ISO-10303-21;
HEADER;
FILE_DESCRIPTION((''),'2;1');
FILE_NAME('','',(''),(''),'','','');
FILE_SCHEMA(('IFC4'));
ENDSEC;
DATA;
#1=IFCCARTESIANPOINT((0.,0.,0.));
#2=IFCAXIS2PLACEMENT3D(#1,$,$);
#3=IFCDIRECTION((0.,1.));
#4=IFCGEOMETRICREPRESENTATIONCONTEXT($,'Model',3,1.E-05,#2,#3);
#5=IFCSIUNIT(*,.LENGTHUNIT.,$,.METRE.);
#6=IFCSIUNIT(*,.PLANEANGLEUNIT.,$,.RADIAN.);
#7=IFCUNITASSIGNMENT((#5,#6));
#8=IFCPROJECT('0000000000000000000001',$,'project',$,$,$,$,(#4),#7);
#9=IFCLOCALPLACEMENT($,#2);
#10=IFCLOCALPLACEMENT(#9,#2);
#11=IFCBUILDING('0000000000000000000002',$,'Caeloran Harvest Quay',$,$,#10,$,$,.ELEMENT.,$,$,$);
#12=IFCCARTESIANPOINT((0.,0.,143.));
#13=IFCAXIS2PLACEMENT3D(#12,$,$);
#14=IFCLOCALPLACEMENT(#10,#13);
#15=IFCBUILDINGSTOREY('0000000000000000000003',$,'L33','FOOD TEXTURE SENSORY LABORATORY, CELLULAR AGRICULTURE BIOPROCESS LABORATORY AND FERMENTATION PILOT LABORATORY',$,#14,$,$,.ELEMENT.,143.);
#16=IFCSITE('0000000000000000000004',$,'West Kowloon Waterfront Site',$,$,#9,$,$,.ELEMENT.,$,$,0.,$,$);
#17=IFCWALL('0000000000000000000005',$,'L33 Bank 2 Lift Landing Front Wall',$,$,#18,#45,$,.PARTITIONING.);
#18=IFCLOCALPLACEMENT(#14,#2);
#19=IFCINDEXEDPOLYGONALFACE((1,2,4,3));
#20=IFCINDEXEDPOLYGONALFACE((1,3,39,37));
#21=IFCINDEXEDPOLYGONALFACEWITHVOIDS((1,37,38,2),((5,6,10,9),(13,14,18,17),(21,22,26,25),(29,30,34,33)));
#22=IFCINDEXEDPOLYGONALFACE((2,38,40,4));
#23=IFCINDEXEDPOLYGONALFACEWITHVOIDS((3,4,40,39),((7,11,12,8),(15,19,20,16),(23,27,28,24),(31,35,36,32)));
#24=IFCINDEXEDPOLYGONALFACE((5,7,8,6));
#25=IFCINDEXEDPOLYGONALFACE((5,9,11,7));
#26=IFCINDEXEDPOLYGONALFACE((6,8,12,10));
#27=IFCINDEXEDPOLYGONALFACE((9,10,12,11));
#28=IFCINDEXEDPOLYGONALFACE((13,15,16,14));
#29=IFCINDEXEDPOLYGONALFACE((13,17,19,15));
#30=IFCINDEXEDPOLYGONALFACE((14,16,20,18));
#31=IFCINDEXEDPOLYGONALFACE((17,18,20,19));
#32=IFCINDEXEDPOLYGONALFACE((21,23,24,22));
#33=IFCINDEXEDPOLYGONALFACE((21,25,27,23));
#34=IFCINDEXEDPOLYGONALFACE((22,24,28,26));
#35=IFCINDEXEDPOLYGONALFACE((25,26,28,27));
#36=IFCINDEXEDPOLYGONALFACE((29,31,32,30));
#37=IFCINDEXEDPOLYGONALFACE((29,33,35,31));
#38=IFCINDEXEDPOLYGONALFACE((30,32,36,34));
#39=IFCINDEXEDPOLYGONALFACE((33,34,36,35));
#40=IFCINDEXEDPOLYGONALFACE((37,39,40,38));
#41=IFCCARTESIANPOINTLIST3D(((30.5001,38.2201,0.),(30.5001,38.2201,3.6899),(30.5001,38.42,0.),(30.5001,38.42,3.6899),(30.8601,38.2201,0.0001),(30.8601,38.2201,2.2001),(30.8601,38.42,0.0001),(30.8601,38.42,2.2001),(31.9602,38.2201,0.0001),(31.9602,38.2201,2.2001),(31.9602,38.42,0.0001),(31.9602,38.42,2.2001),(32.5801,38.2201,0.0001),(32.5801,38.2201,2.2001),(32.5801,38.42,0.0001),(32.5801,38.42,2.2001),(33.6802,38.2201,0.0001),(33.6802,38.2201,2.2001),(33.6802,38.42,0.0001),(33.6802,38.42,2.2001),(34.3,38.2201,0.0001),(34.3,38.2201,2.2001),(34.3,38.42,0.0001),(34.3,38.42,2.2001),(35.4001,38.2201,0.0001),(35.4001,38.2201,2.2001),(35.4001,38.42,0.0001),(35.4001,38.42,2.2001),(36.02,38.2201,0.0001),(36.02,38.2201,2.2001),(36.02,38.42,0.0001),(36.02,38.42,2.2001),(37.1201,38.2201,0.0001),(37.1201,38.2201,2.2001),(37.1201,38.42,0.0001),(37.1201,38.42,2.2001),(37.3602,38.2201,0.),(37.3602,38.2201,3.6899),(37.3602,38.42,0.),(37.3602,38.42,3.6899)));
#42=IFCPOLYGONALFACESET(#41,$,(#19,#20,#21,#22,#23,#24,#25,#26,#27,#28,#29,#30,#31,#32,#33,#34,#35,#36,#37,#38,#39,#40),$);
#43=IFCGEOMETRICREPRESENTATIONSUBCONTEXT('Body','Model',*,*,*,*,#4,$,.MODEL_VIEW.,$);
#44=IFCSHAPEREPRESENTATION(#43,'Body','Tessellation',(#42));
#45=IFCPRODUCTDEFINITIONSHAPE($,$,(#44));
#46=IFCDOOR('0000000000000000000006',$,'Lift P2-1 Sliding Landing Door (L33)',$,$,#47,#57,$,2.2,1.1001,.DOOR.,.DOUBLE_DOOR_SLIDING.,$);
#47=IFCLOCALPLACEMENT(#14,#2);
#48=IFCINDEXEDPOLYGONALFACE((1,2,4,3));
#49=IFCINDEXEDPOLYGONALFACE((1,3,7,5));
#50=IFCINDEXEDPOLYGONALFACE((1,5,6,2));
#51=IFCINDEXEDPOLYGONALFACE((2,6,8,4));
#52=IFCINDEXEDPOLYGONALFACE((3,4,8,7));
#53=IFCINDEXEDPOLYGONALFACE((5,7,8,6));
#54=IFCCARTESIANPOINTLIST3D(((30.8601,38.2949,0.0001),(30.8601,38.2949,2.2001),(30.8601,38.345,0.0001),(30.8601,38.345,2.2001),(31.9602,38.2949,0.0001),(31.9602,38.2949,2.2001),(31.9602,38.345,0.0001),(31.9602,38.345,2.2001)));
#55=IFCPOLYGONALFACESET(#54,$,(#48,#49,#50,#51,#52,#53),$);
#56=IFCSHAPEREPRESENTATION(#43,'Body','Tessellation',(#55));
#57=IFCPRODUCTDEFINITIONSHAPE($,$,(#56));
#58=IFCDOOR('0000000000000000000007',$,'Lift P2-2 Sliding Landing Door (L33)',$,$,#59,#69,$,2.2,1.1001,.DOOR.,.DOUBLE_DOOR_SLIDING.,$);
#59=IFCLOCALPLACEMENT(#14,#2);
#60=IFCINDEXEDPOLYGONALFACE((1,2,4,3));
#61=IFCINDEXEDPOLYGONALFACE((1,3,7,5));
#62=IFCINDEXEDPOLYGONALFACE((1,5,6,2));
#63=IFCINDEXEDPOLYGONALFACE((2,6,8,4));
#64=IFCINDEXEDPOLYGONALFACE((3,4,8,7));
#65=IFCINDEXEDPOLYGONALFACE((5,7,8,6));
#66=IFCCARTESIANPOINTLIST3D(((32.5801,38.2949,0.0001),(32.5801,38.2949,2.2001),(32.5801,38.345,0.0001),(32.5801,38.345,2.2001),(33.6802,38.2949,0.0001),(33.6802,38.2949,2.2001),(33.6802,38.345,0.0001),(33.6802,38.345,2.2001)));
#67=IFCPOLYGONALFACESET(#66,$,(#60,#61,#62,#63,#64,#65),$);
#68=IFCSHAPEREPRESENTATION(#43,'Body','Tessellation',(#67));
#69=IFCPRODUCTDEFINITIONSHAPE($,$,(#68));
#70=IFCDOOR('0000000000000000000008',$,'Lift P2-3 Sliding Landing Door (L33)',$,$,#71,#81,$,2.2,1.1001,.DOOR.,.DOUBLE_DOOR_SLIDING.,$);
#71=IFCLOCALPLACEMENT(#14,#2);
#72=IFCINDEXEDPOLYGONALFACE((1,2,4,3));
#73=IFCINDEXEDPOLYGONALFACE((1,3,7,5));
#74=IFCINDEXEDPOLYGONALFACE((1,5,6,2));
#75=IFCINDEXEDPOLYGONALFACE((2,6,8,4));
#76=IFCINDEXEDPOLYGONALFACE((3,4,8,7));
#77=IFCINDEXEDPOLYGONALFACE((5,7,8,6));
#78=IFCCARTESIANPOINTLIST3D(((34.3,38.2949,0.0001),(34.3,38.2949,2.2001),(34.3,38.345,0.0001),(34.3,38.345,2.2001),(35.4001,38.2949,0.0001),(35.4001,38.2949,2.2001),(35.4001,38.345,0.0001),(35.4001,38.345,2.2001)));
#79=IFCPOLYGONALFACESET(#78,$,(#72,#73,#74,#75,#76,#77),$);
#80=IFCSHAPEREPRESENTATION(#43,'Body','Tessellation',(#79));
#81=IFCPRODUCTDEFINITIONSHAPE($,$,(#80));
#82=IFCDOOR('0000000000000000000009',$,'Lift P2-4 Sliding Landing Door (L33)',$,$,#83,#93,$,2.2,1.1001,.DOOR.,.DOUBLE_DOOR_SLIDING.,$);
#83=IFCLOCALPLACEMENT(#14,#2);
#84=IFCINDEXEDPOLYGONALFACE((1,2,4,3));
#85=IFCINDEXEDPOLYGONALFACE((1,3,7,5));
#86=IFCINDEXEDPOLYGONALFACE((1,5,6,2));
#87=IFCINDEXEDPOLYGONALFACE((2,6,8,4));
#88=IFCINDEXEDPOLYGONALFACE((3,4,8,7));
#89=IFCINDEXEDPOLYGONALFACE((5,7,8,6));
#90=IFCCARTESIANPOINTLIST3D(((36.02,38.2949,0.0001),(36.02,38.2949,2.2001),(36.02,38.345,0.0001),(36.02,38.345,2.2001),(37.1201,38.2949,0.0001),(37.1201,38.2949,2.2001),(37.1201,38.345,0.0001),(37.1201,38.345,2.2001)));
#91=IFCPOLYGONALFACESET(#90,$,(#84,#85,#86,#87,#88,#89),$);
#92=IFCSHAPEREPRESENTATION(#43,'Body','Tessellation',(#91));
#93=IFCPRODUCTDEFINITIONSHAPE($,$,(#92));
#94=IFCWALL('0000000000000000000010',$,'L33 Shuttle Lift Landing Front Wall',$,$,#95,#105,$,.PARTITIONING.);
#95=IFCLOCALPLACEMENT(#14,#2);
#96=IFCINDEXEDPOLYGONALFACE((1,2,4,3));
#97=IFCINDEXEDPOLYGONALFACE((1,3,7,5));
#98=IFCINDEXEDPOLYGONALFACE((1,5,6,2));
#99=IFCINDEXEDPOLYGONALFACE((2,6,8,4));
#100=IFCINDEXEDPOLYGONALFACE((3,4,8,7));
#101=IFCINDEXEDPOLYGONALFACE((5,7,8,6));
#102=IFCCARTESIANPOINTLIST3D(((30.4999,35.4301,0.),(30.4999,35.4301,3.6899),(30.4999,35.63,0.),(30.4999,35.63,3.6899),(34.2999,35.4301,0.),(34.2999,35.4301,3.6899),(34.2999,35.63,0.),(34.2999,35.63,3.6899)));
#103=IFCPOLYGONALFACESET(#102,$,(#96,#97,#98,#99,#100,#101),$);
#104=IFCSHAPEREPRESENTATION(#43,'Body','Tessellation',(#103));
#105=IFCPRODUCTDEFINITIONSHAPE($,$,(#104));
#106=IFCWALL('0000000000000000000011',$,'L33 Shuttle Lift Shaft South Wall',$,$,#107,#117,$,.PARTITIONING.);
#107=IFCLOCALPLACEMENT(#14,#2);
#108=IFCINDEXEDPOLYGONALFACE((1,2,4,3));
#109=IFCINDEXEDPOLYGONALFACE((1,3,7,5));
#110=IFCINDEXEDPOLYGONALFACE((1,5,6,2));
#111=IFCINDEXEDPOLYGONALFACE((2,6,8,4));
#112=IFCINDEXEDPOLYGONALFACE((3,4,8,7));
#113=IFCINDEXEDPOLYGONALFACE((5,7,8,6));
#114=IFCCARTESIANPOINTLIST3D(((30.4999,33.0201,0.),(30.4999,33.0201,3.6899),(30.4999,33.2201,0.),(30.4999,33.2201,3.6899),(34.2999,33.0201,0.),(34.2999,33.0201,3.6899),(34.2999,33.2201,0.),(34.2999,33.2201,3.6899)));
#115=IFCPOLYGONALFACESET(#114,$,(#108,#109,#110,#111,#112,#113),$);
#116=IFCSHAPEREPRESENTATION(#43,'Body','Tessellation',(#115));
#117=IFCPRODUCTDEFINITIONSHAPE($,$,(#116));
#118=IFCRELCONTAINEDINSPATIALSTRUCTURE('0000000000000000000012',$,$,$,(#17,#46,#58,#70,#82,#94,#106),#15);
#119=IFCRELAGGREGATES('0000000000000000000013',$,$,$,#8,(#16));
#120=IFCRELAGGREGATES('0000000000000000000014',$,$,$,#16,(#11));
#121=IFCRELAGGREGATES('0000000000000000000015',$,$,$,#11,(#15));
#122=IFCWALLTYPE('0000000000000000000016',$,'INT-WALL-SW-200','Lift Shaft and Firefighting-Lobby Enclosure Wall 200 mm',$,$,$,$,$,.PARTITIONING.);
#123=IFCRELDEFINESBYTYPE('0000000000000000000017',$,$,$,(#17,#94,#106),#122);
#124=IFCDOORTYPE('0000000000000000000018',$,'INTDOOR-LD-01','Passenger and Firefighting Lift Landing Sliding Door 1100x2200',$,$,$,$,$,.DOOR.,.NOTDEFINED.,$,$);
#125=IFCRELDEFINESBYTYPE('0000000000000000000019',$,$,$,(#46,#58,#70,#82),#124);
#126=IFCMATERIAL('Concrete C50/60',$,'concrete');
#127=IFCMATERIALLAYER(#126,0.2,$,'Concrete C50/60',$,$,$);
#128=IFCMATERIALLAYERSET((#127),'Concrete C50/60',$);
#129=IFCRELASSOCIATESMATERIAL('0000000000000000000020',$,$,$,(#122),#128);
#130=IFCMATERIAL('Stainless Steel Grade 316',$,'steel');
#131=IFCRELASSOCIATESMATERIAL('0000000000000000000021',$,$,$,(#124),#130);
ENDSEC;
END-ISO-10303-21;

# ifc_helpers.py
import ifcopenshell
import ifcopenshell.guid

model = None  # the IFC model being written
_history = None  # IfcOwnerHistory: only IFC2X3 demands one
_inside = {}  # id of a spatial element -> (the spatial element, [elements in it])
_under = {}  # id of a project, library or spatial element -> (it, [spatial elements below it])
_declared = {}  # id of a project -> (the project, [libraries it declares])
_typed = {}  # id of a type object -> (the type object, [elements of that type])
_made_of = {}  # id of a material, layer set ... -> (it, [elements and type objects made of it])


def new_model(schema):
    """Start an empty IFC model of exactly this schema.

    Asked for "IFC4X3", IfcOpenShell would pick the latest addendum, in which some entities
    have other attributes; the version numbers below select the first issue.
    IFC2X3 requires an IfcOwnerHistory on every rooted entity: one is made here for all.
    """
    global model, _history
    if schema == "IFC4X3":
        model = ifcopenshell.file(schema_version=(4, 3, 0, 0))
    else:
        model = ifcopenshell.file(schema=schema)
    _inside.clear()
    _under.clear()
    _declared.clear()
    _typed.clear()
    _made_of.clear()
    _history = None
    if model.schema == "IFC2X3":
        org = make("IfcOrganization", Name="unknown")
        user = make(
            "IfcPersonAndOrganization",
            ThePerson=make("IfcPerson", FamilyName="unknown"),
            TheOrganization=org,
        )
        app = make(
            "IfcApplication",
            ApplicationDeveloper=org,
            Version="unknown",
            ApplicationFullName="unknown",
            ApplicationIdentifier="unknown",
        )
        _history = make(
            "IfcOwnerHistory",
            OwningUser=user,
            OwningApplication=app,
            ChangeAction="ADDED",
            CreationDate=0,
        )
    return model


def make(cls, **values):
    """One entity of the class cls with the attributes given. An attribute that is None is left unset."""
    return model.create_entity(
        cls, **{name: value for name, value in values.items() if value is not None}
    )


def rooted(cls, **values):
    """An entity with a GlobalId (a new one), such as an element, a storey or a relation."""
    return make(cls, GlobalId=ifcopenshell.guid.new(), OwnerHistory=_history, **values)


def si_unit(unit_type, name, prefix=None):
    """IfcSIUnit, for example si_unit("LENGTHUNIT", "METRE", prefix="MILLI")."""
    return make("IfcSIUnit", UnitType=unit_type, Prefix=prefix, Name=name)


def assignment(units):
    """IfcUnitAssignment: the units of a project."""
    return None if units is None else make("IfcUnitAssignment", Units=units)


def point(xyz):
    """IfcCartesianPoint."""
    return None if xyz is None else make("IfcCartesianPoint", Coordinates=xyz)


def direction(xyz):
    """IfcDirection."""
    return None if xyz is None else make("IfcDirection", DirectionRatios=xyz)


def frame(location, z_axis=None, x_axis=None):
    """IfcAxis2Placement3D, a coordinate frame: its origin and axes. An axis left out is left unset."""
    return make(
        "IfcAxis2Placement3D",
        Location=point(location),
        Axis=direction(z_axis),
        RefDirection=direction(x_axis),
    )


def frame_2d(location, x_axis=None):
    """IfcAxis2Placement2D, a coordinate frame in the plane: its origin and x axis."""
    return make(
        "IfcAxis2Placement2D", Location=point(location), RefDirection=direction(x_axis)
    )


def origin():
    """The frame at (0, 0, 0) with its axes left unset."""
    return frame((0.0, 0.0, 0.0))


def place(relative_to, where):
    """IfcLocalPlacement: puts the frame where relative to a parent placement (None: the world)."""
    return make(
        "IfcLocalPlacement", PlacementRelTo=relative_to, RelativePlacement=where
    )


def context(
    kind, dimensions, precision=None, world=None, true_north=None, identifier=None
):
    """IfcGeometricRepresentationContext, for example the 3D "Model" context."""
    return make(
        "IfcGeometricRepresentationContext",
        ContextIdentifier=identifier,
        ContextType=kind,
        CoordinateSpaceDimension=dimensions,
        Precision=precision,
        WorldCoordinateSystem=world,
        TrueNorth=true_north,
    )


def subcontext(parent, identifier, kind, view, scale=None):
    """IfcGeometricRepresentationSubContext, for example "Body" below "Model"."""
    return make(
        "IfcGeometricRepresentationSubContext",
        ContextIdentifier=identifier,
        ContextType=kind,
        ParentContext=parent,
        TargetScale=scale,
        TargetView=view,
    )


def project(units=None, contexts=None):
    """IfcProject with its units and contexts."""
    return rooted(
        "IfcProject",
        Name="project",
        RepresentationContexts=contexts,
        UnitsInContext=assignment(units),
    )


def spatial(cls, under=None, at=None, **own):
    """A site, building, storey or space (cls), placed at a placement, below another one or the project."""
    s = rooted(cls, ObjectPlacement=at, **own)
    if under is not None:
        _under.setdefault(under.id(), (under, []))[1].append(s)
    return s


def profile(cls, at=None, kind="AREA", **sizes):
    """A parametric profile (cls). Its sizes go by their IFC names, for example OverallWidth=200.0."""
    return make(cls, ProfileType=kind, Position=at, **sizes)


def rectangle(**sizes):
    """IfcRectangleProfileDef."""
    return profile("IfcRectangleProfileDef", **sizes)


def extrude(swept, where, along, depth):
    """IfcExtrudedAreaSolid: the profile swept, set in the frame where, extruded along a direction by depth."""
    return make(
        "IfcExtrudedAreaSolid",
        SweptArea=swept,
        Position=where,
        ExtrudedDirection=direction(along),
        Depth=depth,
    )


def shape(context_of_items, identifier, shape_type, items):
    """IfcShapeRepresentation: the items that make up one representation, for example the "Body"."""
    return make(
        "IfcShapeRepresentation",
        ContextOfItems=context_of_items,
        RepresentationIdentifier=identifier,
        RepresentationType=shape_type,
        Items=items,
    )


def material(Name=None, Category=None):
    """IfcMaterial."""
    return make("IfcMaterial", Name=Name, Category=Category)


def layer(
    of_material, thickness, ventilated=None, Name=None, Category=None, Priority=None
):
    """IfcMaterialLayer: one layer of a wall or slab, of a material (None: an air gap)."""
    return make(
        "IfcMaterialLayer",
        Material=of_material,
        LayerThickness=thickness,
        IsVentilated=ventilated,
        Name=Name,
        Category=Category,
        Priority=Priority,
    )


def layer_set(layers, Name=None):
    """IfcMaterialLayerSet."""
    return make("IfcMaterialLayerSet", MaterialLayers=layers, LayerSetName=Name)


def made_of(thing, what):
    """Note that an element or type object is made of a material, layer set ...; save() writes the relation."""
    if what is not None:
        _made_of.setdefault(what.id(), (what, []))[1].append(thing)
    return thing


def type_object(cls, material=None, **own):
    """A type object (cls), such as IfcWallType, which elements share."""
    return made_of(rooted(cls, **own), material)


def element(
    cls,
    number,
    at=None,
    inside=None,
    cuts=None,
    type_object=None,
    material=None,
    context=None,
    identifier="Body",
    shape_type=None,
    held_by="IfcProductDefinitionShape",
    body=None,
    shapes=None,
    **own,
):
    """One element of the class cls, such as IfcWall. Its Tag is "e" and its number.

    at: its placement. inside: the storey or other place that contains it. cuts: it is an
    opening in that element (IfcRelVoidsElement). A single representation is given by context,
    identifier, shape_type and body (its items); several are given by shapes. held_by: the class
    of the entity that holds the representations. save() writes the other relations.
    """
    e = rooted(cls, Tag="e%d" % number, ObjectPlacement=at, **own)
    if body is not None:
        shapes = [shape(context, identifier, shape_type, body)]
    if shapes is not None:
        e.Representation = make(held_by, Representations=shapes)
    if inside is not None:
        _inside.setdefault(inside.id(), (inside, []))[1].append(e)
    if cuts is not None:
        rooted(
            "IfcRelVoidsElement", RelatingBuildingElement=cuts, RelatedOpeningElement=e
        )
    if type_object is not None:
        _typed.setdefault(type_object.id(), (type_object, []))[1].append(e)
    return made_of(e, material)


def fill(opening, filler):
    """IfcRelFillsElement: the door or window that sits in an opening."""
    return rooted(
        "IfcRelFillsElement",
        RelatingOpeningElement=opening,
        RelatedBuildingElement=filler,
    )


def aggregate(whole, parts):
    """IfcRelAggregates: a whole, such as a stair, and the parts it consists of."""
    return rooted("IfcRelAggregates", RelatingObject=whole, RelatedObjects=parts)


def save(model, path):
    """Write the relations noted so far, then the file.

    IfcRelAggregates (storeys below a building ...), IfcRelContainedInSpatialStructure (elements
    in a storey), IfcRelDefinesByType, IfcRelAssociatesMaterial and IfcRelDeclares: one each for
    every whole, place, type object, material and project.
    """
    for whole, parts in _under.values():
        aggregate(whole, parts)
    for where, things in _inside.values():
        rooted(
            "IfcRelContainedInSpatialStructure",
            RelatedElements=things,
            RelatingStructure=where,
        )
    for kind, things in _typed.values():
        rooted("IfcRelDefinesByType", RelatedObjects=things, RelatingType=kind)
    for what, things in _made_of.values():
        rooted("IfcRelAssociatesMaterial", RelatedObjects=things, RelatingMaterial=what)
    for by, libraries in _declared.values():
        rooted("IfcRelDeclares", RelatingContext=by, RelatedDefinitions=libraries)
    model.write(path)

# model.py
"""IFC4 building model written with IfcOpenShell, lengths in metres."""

from ifc_helpers import new_model, si_unit, direction, frame, frame_2d, origin, place, context, subcontext, project, spatial, rectangle, extrude, material, layer, layer_set, type_object, element, fill, save


model = new_model("IFC4")

# Units and contexts
model_context = context("Model", 3, precision=1e-05, world=origin(), true_north=direction((0.0, 1.0)))
body_context = subcontext(model_context, "Body", "Model", "MODEL_VIEW")
ifc_project = project(units=[si_unit("LENGTHUNIT", "METRE"), si_unit("PLANEANGLEUNIT", "RADIAN")], contexts=[model_context])

# Site, building, storey
site_placement = place(None, origin())
site = spatial("IfcSite", under=ifc_project, at=site_placement, Name="West Kowloon Waterfront Site", CompositionType="ELEMENT", RefElevation=0.0)
building_placement = place(site_placement, origin())
building = spatial("IfcBuilding", under=site, at=building_placement, Name="Caeloran Harvest Quay", CompositionType="ELEMENT")
storey_placement = place(building_placement, frame((0.0, 0.0, 143.0)))
storey = spatial("IfcBuildingStorey", under=building, at=storey_placement, Name="L33", Description="FOOD TEXTURE SENSORY LABORATORY, CELLULAR AGRICULTURE BIOPROCESS LABORATORY AND FERMENTATION PILOT LABORATORY", CompositionType="ELEMENT", Elevation=143.0)

# Shared definitions
ifc_material_1 = material(Name="Concrete C50/60", Category="concrete")
ifc_layer_1 = layer(ifc_material_1, 0.2, Name="Concrete C50/60")
ifc_layer_set_1 = layer_set([ifc_layer_1], Name="Concrete C50/60")
wall_type_1 = type_object("IfcWallType", Name="INT-WALL-SW-200", Description="Lift Shaft and Firefighting-Lobby Enclosure Wall 200 mm", PredefinedType="PARTITIONING", material=ifc_layer_set_1)

# Wall, openings, doors
wall_1_placement = place(storey_placement, frame((30.5, 38.3201, 0.0), z_axis=(0.0, 0.0, 1.0), x_axis=(1.0, 0.0, 0.0)))
wall_1 = element("IfcWall", 1, at=wall_1_placement, inside=storey, type_object=wall_type_1, Name="L33 Bank 2 Lift Landing Front Wall", PredefinedType="PARTITIONING", context=body_context, shape_type="SweptSolid", body=[
    extrude(rectangle(XDim=6.8601, YDim=0.2, at=frame_2d((3.4302, 0.0))), origin(), (0.0, 0.0, 1.0), 3.6899),
])
opening_1_placement = place(wall_1_placement, frame((0.3601, 0.0, 0.0)))
opening_1 = element("IfcOpeningElement", 2, at=opening_1_placement, cuts=wall_1, PredefinedType="OPENING", context=body_context, shape_type="SweptSolid", body=[
    extrude(rectangle(XDim=1.1001, YDim=2.2, at=frame_2d((0.55, 1.1001))), frame((0.0, 0.1099, 0.0), z_axis=(0.0, -1.0, 0.0), x_axis=(1.0, 0.0, 0.0)), (0.0, 0.0, 1.0), 0.22),
])
opening_2_placement = place(wall_1_placement, frame((2.0801, 0.0, 0.0)))
opening_2 = element("IfcOpeningElement", 3, at=opening_2_placement, cuts=wall_1, PredefinedType="OPENING", context=body_context, shape_type="SweptSolid", body=[
    extrude(rectangle(XDim=1.1001, YDim=2.2, at=frame_2d((0.55, 1.1001))), frame((0.0, 0.1099, 0.0), z_axis=(0.0, -1.0, 0.0), x_axis=(1.0, 0.0, 0.0)), (0.0, 0.0, 1.0), 0.22),
])
opening_3_placement = place(wall_1_placement, frame((3.8, 0.0, 0.0)))
opening_3 = element("IfcOpeningElement", 4, at=opening_3_placement, cuts=wall_1, PredefinedType="OPENING", context=body_context, shape_type="SweptSolid", body=[
    extrude(rectangle(XDim=1.1001, YDim=2.2, at=frame_2d((0.55, 1.1001))), frame((0.0, 0.1099, 0.0), z_axis=(0.0, -1.0, 0.0), x_axis=(1.0, 0.0, 0.0)), (0.0, 0.0, 1.0), 0.22),
])
opening_4_placement = place(wall_1_placement, frame((5.52, 0.0, 0.0)))
opening_4 = element("IfcOpeningElement", 5, at=opening_4_placement, cuts=wall_1, PredefinedType="OPENING", context=body_context, shape_type="SweptSolid", body=[
    extrude(rectangle(XDim=1.1001, YDim=2.2, at=frame_2d((0.55, 1.1001))), frame((0.0, 0.1099, 0.0), z_axis=(0.0, -1.0, 0.0), x_axis=(1.0, 0.0, 0.0)), (0.0, 0.0, 1.0), 0.22),
])
ifc_material_2 = material(Name="Stainless Steel Grade 316", Category="steel")
door_type_1 = type_object("IfcDoorType", Name="INTDOOR-LD-01", Description="Passenger and Firefighting Lift Landing Sliding Door 1100x2200", OperationType="NOTDEFINED", PredefinedType="DOOR", material=ifc_material_2)
door_1_placement = place(opening_1_placement, origin())
door_1 = element("IfcDoor", 6, at=door_1_placement, inside=storey, type_object=door_type_1, Name="Lift P2-1 Sliding Landing Door (L33)", OperationType="DOUBLE_DOOR_SLIDING", OverallHeight=2.2, OverallWidth=1.1001, PredefinedType="DOOR", context=body_context, shape_type="SweptSolid", body=[
    extrude(rectangle(XDim=1.1001, YDim=2.2, at=frame_2d((0.55, 1.1001))), frame((0.0, 0.0249, 0.0), z_axis=(0.0, -1.0, 0.0), x_axis=(1.0, 0.0, 0.0)), (0.0, 0.0, 1.0), 0.05),
])
fill(opening_1, door_1)
door_2_placement = place(opening_2_placement, origin())
door_2 = element("IfcDoor", 7, at=door_2_placement, inside=storey, type_object=door_type_1, Name="Lift P2-2 Sliding Landing Door (L33)", OperationType="DOUBLE_DOOR_SLIDING", OverallHeight=2.2, OverallWidth=1.1001, PredefinedType="DOOR", context=body_context, shape_type="SweptSolid", body=[
    extrude(rectangle(XDim=1.1001, YDim=2.2, at=frame_2d((0.55, 1.1001))), frame((0.0, 0.0249, 0.0), z_axis=(0.0, -1.0, 0.0), x_axis=(1.0, 0.0, 0.0)), (0.0, 0.0, 1.0), 0.05),
])
fill(opening_2, door_2)
door_3_placement = place(opening_3_placement, origin())
door_3 = element("IfcDoor", 8, at=door_3_placement, inside=storey, type_object=door_type_1, Name="Lift P2-3 Sliding Landing Door (L33)", OperationType="DOUBLE_DOOR_SLIDING", OverallHeight=2.2, OverallWidth=1.1001, PredefinedType="DOOR", context=body_context, shape_type="SweptSolid", body=[
    extrude(rectangle(XDim=1.1001, YDim=2.2, at=frame_2d((0.55, 1.1001))), frame((0.0, 0.0249, 0.0), z_axis=(0.0, -1.0, 0.0), x_axis=(1.0, 0.0, 0.0)), (0.0, 0.0, 1.0), 0.05),
])
fill(opening_3, door_3)
door_4_placement = place(opening_4_placement, origin())
door_4 = element("IfcDoor", 9, at=door_4_placement, inside=storey, type_object=door_type_1, Name="Lift P2-4 Sliding Landing Door (L33)", OperationType="DOUBLE_DOOR_SLIDING", OverallHeight=2.2, OverallWidth=1.1001, PredefinedType="DOOR", context=body_context, shape_type="SweptSolid", body=[
    extrude(rectangle(XDim=1.1001, YDim=2.2, at=frame_2d((0.55, 1.1001))), frame((0.0, 0.0249, 0.0), z_axis=(0.0, -1.0, 0.0), x_axis=(1.0, 0.0, 0.0)), (0.0, 0.0, 1.0), 0.05),
])
fill(opening_4, door_4)

# Walls
for number, where, z_axis, x_axis, name in (
    (10, (30.5, 35.53, 0.0), (0.0, 0.0, 1.0), (1.0, 0.0, 0.0), "L33 Shuttle Lift Landing Front Wall"),
    (11, (30.5, 33.1201, 0.0), (0.0, 0.0, 1.0), (1.0, 0.0, 0.0), "L33 Shuttle Lift Shaft South Wall"),
):
    element("IfcWall", number, at=place(storey_placement, frame(where, z_axis=z_axis, x_axis=x_axis)), inside=storey, type_object=wall_type_1, Name=name, PredefinedType="PARTITIONING", context=body_context, shape_type="SweptSolid", body=[
        extrude(rectangle(XDim=3.8, YDim=0.2, at=frame_2d((1.8999, 0.0))), origin(), (0.0, 0.0, 1.0), 3.6899),
    ])

save(model, "model.ifc")
